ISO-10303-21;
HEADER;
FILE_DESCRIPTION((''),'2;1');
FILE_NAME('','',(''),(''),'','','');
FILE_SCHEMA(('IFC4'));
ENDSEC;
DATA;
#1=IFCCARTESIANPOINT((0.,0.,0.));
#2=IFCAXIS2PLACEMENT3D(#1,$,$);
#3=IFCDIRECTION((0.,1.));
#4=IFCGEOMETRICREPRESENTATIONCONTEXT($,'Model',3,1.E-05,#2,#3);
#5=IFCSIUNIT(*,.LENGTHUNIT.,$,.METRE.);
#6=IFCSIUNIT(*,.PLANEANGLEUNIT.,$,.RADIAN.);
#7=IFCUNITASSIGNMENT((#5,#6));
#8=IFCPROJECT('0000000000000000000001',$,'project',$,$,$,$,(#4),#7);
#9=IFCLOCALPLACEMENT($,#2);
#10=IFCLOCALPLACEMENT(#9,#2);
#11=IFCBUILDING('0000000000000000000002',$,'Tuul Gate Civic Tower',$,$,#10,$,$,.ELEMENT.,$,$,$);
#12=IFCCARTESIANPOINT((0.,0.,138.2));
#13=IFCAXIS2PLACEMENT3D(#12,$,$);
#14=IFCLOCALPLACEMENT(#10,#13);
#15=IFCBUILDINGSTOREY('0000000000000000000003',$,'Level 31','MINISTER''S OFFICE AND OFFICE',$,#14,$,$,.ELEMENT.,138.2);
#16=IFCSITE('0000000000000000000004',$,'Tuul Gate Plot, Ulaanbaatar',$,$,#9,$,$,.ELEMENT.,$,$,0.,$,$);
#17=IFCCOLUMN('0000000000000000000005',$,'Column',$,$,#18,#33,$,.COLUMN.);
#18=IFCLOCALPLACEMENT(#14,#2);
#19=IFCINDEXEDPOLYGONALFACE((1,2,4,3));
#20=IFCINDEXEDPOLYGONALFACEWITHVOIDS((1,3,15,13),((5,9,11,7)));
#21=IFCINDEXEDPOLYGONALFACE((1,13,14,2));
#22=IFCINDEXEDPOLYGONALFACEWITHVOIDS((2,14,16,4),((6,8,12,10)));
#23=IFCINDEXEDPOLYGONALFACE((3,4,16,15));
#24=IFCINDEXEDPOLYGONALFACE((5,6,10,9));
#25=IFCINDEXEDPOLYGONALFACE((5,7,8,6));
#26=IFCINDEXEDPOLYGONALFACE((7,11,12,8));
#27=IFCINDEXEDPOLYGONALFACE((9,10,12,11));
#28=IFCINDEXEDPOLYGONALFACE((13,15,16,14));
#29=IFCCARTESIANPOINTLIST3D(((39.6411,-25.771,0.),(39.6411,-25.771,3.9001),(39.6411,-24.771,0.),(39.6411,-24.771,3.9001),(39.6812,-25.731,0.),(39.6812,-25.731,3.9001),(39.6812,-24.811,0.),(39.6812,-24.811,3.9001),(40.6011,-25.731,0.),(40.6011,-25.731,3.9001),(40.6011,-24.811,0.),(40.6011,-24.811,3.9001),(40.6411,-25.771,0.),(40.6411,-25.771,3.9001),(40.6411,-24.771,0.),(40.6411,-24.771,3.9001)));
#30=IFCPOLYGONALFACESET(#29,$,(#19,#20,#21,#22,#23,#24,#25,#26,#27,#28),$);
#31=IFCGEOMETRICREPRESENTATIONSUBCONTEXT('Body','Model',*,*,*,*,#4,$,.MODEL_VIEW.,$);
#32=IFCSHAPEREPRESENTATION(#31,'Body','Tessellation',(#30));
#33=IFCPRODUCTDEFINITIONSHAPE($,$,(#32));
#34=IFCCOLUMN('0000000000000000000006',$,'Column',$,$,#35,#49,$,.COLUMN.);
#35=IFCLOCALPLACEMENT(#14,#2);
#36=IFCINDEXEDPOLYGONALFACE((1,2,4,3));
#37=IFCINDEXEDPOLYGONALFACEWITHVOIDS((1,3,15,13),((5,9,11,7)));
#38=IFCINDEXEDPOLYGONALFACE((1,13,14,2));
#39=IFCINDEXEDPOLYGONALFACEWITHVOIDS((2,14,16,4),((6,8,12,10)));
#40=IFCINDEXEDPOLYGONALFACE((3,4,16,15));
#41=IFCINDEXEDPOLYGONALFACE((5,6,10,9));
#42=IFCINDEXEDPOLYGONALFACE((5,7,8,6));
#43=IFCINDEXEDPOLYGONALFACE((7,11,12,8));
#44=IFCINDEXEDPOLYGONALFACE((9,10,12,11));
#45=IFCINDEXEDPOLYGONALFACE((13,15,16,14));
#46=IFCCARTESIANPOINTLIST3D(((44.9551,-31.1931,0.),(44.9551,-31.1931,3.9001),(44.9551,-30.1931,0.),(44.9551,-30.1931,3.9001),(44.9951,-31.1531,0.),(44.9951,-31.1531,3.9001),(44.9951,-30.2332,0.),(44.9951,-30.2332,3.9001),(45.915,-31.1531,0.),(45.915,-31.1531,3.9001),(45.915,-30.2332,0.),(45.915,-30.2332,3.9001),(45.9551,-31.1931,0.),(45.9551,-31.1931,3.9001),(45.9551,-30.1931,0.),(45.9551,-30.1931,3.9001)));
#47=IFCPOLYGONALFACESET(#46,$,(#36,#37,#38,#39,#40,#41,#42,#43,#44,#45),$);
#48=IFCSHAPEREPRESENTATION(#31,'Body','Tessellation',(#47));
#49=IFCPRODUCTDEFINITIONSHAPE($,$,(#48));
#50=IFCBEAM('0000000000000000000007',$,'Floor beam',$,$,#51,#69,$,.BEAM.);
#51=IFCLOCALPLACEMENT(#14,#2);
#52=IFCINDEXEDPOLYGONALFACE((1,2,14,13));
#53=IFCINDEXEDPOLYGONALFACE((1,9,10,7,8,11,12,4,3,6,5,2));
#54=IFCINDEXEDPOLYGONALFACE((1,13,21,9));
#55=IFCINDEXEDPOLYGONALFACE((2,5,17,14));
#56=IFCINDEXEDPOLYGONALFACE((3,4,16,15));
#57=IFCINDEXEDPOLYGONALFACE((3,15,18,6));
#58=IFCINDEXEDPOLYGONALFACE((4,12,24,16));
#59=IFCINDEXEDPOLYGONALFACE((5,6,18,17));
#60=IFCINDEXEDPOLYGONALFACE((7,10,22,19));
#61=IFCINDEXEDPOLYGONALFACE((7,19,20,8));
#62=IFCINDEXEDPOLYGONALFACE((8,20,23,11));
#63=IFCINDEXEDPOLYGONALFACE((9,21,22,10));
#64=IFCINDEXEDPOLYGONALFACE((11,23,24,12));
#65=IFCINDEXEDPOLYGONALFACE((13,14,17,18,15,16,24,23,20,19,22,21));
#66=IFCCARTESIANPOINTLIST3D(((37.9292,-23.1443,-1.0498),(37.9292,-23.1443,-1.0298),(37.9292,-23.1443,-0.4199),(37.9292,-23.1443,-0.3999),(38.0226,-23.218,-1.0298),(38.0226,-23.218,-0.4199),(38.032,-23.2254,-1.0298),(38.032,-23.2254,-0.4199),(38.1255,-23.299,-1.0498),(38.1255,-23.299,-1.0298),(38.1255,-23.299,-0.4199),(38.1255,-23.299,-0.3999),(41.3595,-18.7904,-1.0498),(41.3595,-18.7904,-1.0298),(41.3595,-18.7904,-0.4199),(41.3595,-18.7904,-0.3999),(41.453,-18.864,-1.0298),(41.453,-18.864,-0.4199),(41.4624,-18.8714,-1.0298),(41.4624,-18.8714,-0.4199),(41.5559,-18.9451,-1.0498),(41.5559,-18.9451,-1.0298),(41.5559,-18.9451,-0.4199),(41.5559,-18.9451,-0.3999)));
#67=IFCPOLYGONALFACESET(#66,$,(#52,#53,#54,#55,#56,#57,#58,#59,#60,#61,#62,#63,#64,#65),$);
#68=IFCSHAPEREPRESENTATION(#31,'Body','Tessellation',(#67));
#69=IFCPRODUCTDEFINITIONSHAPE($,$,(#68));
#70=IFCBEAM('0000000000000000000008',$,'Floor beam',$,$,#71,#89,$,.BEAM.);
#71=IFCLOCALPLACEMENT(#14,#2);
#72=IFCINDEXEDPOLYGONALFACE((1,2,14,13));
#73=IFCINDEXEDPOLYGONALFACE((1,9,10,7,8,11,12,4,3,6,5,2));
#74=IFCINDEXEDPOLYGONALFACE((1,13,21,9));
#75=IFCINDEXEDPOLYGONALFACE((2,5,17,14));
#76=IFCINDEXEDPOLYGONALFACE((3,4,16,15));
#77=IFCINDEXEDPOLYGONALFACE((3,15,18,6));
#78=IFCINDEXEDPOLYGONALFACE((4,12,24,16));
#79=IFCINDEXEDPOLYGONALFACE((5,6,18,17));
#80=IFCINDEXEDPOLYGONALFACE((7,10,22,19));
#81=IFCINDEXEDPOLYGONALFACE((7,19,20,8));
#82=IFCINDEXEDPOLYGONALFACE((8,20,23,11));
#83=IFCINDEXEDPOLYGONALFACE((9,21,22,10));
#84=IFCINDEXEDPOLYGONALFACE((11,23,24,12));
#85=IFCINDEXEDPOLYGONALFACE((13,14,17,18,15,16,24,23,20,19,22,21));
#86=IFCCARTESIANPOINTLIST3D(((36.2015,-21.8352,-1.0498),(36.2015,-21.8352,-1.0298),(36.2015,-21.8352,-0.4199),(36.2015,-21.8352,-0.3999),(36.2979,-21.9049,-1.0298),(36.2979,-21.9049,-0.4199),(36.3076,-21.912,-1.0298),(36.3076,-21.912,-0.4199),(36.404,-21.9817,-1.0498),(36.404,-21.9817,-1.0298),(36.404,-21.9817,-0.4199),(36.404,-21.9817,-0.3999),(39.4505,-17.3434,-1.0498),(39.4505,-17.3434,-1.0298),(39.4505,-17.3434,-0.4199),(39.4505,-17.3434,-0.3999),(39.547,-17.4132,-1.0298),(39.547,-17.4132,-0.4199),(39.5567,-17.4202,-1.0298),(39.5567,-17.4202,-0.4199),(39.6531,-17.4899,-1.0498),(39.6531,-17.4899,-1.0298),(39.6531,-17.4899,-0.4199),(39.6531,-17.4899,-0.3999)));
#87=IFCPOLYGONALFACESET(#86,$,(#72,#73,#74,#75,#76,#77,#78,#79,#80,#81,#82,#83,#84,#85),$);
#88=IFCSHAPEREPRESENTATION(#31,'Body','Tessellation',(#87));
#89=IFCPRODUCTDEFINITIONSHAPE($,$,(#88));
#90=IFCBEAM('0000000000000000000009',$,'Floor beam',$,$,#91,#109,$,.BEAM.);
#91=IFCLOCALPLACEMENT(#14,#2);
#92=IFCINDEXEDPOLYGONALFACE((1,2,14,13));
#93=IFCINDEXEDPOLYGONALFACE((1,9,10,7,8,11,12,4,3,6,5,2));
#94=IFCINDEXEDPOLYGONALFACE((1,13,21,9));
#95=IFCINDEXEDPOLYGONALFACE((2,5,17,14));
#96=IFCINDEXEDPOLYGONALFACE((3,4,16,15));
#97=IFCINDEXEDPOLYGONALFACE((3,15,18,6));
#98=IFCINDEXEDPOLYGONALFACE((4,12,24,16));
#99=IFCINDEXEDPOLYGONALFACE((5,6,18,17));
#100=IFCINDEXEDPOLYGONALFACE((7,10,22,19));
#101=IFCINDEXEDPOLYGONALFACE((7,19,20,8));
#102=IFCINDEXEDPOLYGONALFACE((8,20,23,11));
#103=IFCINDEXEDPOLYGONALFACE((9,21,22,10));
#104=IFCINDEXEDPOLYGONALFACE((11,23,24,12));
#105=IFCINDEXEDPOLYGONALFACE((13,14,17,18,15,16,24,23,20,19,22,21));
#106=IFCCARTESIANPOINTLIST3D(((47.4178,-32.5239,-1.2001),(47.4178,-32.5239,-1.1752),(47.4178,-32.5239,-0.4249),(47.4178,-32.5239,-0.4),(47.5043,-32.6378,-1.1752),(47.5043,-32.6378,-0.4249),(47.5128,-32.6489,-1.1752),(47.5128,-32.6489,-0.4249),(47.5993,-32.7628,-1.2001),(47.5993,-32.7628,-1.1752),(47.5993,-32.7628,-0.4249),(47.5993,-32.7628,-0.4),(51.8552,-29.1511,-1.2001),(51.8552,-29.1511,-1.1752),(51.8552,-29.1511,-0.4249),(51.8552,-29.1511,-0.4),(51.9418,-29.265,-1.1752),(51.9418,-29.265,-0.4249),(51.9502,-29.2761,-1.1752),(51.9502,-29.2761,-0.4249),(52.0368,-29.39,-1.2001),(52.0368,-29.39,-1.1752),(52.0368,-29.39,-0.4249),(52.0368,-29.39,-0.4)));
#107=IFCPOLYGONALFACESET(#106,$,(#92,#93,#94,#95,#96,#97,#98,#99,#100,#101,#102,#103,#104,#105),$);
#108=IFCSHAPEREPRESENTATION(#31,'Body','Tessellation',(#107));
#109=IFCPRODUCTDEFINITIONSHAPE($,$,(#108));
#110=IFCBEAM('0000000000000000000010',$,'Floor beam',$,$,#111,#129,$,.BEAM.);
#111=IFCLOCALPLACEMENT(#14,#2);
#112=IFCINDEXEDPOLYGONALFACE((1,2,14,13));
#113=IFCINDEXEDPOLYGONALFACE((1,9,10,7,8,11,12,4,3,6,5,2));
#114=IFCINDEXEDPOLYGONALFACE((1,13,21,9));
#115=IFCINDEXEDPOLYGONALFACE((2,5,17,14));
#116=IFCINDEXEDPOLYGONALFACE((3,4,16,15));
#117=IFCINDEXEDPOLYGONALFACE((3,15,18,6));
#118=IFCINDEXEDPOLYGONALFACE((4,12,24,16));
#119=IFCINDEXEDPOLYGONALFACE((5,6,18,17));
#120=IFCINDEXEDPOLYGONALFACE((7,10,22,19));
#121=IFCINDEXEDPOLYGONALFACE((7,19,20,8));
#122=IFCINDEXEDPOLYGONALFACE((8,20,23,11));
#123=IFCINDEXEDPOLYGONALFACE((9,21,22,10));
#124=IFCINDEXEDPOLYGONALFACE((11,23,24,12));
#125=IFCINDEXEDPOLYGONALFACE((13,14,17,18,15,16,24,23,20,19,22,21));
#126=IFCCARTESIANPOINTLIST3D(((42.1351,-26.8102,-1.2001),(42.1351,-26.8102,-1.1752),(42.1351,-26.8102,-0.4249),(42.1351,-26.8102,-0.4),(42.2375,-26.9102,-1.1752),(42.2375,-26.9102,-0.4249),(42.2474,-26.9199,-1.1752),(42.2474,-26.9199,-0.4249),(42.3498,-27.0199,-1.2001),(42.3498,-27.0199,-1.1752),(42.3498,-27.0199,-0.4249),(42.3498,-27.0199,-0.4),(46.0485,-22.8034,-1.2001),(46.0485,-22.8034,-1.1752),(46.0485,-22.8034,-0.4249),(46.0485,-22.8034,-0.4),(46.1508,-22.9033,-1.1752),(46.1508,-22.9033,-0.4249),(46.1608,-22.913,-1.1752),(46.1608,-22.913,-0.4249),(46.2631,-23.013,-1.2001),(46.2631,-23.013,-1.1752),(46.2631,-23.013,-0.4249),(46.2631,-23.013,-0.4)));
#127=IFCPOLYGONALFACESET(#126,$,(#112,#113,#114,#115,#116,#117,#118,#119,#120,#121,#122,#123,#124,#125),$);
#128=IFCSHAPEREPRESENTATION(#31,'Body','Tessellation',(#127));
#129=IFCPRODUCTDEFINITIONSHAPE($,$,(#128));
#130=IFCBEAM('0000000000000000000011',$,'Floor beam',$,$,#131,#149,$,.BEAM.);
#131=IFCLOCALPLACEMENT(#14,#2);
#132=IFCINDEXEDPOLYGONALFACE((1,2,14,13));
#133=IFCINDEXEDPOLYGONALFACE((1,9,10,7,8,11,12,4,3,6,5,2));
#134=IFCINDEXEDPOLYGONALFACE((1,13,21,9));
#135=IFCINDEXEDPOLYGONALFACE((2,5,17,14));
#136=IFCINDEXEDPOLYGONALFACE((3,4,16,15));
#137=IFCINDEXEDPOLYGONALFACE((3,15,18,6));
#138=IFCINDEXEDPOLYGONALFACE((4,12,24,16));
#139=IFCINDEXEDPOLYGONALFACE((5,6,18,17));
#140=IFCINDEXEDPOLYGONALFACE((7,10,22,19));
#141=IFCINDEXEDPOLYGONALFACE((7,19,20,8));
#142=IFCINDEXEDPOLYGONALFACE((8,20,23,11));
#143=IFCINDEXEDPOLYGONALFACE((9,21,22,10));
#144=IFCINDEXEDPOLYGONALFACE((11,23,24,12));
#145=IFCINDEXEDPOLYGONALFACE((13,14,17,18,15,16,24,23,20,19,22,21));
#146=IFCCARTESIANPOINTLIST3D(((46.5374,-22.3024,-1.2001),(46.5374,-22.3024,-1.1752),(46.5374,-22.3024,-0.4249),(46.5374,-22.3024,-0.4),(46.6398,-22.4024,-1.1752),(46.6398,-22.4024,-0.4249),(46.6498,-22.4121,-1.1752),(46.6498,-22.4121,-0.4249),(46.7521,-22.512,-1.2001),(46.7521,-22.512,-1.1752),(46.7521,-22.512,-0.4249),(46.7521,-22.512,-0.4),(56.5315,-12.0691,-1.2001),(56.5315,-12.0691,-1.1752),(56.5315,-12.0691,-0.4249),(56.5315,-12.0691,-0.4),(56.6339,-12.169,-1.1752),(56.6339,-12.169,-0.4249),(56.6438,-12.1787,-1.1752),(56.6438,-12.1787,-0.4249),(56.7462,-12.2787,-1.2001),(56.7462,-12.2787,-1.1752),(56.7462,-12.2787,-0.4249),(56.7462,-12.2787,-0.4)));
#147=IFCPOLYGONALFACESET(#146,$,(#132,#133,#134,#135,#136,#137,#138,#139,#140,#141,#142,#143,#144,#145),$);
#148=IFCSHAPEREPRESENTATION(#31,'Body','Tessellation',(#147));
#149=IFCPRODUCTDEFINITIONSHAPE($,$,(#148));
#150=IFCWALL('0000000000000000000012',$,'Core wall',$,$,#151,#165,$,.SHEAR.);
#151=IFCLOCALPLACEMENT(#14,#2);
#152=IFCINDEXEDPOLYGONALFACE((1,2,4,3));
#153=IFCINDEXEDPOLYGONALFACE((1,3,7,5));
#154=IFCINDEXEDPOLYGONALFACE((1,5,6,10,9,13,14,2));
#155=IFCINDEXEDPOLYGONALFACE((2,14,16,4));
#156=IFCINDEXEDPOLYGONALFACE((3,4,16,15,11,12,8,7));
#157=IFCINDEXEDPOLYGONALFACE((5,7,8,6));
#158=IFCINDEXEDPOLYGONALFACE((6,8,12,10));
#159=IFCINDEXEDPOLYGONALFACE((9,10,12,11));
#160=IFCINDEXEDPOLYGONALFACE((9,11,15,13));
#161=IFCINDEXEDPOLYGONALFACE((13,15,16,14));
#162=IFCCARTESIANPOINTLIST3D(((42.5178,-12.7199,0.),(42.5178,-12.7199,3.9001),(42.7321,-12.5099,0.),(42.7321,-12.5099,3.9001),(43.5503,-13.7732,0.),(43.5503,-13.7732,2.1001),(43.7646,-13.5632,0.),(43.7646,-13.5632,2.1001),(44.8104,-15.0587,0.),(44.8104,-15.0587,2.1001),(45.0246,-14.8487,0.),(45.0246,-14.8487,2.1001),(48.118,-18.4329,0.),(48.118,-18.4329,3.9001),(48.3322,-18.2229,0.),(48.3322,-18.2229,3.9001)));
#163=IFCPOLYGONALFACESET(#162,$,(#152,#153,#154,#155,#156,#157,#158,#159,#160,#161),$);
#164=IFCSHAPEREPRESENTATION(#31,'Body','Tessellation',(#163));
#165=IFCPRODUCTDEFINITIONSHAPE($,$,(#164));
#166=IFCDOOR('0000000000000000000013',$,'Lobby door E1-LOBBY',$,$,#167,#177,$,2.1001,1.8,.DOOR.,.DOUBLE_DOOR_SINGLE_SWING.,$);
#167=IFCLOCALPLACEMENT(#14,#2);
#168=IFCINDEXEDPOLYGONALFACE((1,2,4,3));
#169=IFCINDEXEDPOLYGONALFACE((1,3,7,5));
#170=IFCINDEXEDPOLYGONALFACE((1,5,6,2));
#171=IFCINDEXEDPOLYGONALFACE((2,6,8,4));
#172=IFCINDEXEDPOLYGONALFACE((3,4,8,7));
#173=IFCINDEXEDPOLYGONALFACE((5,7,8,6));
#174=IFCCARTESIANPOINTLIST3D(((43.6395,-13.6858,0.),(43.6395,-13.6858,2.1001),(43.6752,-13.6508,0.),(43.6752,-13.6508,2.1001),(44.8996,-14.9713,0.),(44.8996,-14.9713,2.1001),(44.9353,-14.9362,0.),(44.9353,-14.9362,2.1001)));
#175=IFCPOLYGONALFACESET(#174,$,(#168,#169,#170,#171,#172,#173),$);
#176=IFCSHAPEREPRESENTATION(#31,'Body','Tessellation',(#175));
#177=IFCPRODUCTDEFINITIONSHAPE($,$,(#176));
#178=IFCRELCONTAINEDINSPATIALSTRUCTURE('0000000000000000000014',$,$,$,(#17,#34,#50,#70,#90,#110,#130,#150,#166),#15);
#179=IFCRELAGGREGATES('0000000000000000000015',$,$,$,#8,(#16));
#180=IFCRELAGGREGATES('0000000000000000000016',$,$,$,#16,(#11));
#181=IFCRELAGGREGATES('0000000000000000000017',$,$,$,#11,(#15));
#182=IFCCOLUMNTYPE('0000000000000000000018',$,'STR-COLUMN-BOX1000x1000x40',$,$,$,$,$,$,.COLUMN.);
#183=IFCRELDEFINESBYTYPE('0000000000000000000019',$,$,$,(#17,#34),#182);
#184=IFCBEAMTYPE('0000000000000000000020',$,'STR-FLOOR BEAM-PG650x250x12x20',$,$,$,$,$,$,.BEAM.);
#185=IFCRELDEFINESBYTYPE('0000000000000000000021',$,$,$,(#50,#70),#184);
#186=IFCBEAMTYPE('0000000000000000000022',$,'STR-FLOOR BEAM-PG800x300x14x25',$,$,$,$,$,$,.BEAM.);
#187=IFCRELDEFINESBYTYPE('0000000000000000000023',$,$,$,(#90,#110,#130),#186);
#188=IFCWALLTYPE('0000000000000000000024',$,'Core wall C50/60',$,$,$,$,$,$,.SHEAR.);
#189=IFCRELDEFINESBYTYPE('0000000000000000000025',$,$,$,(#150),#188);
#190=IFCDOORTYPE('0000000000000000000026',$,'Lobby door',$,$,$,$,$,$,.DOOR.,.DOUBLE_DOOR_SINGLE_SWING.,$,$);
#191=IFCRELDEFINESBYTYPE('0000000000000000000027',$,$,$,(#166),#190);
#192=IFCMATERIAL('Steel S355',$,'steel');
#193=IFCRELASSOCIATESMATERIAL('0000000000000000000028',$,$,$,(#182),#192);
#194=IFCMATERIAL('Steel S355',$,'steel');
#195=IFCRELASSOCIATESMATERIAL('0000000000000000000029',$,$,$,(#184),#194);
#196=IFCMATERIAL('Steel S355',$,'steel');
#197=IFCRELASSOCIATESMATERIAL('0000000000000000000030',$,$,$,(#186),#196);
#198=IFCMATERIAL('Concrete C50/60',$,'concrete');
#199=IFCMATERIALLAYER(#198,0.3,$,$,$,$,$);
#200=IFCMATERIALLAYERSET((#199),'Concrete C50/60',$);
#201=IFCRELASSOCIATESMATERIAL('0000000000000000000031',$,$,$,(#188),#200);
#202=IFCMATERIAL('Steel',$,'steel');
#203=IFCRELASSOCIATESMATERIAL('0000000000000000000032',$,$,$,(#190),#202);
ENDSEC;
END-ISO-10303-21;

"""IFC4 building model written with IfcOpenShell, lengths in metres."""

from ifc_helpers import new_model, si_unit, direction, frame, frame_2d, origin, origin_2d, place, context, subcontext, project, spatial, rectangle, hollow_rectangle, i_section, extrude, material, layer, layer_set, material_profile, profile_set, type_object, element, fill, save


model = new_model("IFC4")

# Units and contexts
model_context = context("Model", 3, precision=1e-05, world=origin(), true_north=direction((0.0, 1.0)))
body_context = subcontext(model_context, "Body", "Model", "MODEL_VIEW")
ifc_project = project(units=[si_unit("LENGTHUNIT", "METRE"), si_unit("PLANEANGLEUNIT", "RADIAN")], contexts=[model_context])

# Site, building, storey
site_placement = place(None, origin())
site = spatial("IfcSite", under=ifc_project, at=site_placement, Name="Tuul Gate Plot, Ulaanbaatar", CompositionType="ELEMENT", RefElevation=0.0)
building_placement = place(site_placement, origin())
building = spatial("IfcBuilding", under=site, at=building_placement, Name="Tuul Gate Civic Tower", CompositionType="ELEMENT")
storey_placement = place(building_placement, frame((0.0, 0.0, 138.2)))
storey = spatial("IfcBuildingStorey", under=building, at=storey_placement, Name="Level 31", Description="MINISTER'S OFFICE AND OFFICE", CompositionType="ELEMENT", Elevation=138.2)

# Columns
ifc_material_1 = material(Name="Steel S355", Category="steel")
ifc_material_profile_1 = material_profile(ifc_material_1, hollow_rectangle(XDim=1.0, YDim=1.0, WallThickness=0.04, at=origin_2d()), Name="BOX1000x1000x40")
ifc_profile_set_1 = profile_set([ifc_material_profile_1], Name="Steel S355")
column_type = type_object("IfcColumnType", Name="STR-COLUMN-BOX1000x1000x40", PredefinedType="COLUMN", material=ifc_profile_set_1)
for number, where, z_axis, x_axis, name in (
    (1, (40.1411, -25.271, 0.0), (0.0, 0.0, 1.0), (1.0, 0.0, 0.0), "Column"),
    (2, (45.4551, -30.6931, 0.0), (0.0, 0.0, 1.0), (1.0, 0.0, 0.0), "Column"),
):
    element("IfcColumn", number, at=place(storey_placement, frame(where, z_axis=z_axis, x_axis=x_axis)), inside=storey, type_object=column_type, Name=name, PredefinedType="COLUMN", context=body_context, shape_type="SweptSolid", body=[
        extrude(hollow_rectangle(XDim=1.0, YDim=1.0, WallThickness=0.04, at=origin_2d()), origin(), (0.0, 0.0, 1.0), 3.9001),
    ])

# Beams
ifc_material_2 = material(Name="Steel S355", Category="steel")
ifc_material_profile_2 = material_profile(ifc_material_2, i_section(OverallWidth=0.25, OverallDepth=0.6499, WebThickness=0.012, FlangeThickness=0.02, at=origin_2d()), Name="PG650x250x12x20")
ifc_profile_set_2 = profile_set([ifc_material_profile_2], Name="Steel S355")
beam_type_1 = type_object("IfcBeamType", Name="STR-FLOOR BEAM-PG650x250x12x20", PredefinedType="BEAM", material=ifc_profile_set_2)
beam_1_placement = place(storey_placement, frame((38.0273, -23.2217, -0.7249), z_axis=(0.618871, 0.785492, 0.0), x_axis=(-0.785492, 0.618871, 0.0)))
element("IfcBeam", 3, at=beam_1_placement, inside=storey, type_object=beam_type_1, Name="Floor beam", PredefinedType="BEAM", context=body_context, shape_type="SweptSolid", body=[
    extrude(i_section(OverallWidth=0.25, OverallDepth=0.6499, WebThickness=0.012, FlangeThickness=0.02, at=origin_2d()), origin(), (0.0, 0.0, 1.0), 5.543),
])
beam_2_placement = place(storey_placement, frame((36.3027, -21.9084, -0.7249), z_axis=(0.586085, 0.810249, 0.0), x_axis=(-0.810249, 0.586085, 0.0)))
element("IfcBeam", 4, at=beam_2_placement, inside=storey, type_object=beam_type_1, Name="Floor beam", PredefinedType="BEAM", context=body_context, shape_type="SweptSolid", body=[
    extrude(i_section(OverallWidth=0.25, OverallDepth=0.6499, WebThickness=0.012, FlangeThickness=0.02, at=origin_2d()), origin(), (0.0, 0.0, 1.0), 5.5437),
])
ifc_material_3 = material(Name="Steel S355", Category="steel")
ifc_material_profile_3 = material_profile(ifc_material_3, i_section(OverallWidth=0.3, OverallDepth=0.8, WebThickness=0.0139, FlangeThickness=0.0249, at=origin_2d()), Name="PG800x300x14x25")
ifc_profile_set_3 = profile_set([ifc_material_profile_3], Name="Steel S355")
beam_type_2 = type_object("IfcBeamType", Name="STR-FLOOR BEAM-PG800x300x14x25", PredefinedType="BEAM", material=ifc_profile_set_3)
beam_3_placement = place(storey_placement, frame((47.5085, -32.6433, -0.8), z_axis=(0.796136, 0.605118, 0.0), x_axis=(-0.605118, 0.796136, 0.0)))
element("IfcBeam", 5, at=beam_3_placement, inside=storey, type_object=beam_type_2, Name="Floor beam", PredefinedType="BEAM", context=body_context, shape_type="SweptSolid", body=[
    extrude(i_section(OverallWidth=0.3, OverallDepth=0.8, WebThickness=0.0139, FlangeThickness=0.0249, at=origin_2d()), origin(), (0.0, 0.0, 1.0), 5.5737),
])
beam_4_placement = place(storey_placement, frame((42.2424, -26.915, -0.8), z_axis=(0.69871, 0.715405, 0.0), x_axis=(-0.715405, 0.69871, 0.0)))
element("IfcBeam", 6, at=beam_4_placement, inside=storey, type_object=beam_type_2, Name="Floor beam", PredefinedType="BEAM", context=body_context, shape_type="SweptSolid", body=[
    extrude(i_section(OverallWidth=0.3, OverallDepth=0.8, WebThickness=0.0139, FlangeThickness=0.0249, at=origin_2d()), origin(), (0.0, 0.0, 1.0), 5.6008),
])
beam_5_placement = place(storey_placement, frame((46.6448, -22.4072, -0.8), z_axis=(0.698694, 0.715421, 0.0), x_axis=(-0.715421, 0.698694, 0.0)))
element("IfcBeam", 7, at=beam_5_placement, inside=storey, type_object=beam_type_2, Name="Floor beam", PredefinedType="BEAM", context=body_context, shape_type="SweptSolid", body=[
    extrude(i_section(OverallWidth=0.3, OverallDepth=0.8, WebThickness=0.0139, FlangeThickness=0.0249, at=origin_2d()), origin(), (0.0, 0.0, 1.0), 14.304),
])

# Wall, opening, door
ifc_material_4 = material(Name="Concrete C50/60", Category="concrete")
ifc_layer_1 = layer(ifc_material_4, 0.3)
ifc_layer_set_1 = layer_set([ifc_layer_1], Name="Concrete C50/60")
wall_type_1 = type_object("IfcWallType", Name="Core wall C50/60", PredefinedType="SHEAR", material=ifc_layer_set_1)
wall_1_placement = place(storey_placement, frame((48.2251, -18.3279, 0.0), z_axis=(0.0, 0.0, 1.0), x_axis=(-0.700022, 0.714121, 0.0)))
wall_1 = element("IfcWall", 8, at=wall_1_placement, inside=storey, type_object=wall_type_1, Name="Core wall", PredefinedType="SHEAR", context=body_context, shape_type="SweptSolid", body=[
    extrude(rectangle(XDim=8.0, YDim=0.3, at=frame_2d((4.0, 0.0))), origin(), (0.0, 0.0, 1.0), 3.9001),
])
opening_1_placement = place(wall_1_placement, frame((4.7251, 0.0, 0.0)))
opening_1 = element("IfcOpeningElement", 9, at=opening_1_placement, cuts=wall_1, PredefinedType="OPENING", context=body_context, shape_type="SweptSolid", body=[
    extrude(rectangle(XDim=1.8, YDim=2.1001, at=frame_2d((0.8999, 1.05))), frame((0.0, 0.1602, 0.0), z_axis=(0.0, -1.0, 0.0), x_axis=(1.0, 0.0, 0.0)), (0.0, 0.0, 1.0), 0.3201),
])
ifc_material_5 = material(Name="Steel", Category="steel")
door_type_1 = type_object("IfcDoorType", Name="Lobby door", OperationType="DOUBLE_DOOR_SINGLE_SWING", PredefinedType="DOOR", material=ifc_material_5)
door_1_placement = place(opening_1_placement, frame((1.8, 0.0, 0.0), z_axis=(0.0, 0.0, 1.0), x_axis=(-1.0, 0.0, 0.0)))
door_1 = element("IfcDoor", 10, at=door_1_placement, inside=storey, type_object=door_type_1, Name="Lobby door E1-LOBBY", OperationType="DOUBLE_DOOR_SINGLE_SWING", OverallHeight=2.1001, OverallWidth=1.8, PredefinedType="DOOR", context=body_context, shape_type="SweptSolid", body=[
    extrude(rectangle(XDim=1.8, YDim=2.1001, at=frame_2d((0.9001, 1.05))), frame((0.0, 0.0249, 0.0), z_axis=(0.0, -1.0, 0.0), x_axis=(1.0, 0.0, 0.0)), (0.0, 0.0, 1.0), 0.05),
])
fill(opening_1, door_1)

save(model, "model.ifc")
